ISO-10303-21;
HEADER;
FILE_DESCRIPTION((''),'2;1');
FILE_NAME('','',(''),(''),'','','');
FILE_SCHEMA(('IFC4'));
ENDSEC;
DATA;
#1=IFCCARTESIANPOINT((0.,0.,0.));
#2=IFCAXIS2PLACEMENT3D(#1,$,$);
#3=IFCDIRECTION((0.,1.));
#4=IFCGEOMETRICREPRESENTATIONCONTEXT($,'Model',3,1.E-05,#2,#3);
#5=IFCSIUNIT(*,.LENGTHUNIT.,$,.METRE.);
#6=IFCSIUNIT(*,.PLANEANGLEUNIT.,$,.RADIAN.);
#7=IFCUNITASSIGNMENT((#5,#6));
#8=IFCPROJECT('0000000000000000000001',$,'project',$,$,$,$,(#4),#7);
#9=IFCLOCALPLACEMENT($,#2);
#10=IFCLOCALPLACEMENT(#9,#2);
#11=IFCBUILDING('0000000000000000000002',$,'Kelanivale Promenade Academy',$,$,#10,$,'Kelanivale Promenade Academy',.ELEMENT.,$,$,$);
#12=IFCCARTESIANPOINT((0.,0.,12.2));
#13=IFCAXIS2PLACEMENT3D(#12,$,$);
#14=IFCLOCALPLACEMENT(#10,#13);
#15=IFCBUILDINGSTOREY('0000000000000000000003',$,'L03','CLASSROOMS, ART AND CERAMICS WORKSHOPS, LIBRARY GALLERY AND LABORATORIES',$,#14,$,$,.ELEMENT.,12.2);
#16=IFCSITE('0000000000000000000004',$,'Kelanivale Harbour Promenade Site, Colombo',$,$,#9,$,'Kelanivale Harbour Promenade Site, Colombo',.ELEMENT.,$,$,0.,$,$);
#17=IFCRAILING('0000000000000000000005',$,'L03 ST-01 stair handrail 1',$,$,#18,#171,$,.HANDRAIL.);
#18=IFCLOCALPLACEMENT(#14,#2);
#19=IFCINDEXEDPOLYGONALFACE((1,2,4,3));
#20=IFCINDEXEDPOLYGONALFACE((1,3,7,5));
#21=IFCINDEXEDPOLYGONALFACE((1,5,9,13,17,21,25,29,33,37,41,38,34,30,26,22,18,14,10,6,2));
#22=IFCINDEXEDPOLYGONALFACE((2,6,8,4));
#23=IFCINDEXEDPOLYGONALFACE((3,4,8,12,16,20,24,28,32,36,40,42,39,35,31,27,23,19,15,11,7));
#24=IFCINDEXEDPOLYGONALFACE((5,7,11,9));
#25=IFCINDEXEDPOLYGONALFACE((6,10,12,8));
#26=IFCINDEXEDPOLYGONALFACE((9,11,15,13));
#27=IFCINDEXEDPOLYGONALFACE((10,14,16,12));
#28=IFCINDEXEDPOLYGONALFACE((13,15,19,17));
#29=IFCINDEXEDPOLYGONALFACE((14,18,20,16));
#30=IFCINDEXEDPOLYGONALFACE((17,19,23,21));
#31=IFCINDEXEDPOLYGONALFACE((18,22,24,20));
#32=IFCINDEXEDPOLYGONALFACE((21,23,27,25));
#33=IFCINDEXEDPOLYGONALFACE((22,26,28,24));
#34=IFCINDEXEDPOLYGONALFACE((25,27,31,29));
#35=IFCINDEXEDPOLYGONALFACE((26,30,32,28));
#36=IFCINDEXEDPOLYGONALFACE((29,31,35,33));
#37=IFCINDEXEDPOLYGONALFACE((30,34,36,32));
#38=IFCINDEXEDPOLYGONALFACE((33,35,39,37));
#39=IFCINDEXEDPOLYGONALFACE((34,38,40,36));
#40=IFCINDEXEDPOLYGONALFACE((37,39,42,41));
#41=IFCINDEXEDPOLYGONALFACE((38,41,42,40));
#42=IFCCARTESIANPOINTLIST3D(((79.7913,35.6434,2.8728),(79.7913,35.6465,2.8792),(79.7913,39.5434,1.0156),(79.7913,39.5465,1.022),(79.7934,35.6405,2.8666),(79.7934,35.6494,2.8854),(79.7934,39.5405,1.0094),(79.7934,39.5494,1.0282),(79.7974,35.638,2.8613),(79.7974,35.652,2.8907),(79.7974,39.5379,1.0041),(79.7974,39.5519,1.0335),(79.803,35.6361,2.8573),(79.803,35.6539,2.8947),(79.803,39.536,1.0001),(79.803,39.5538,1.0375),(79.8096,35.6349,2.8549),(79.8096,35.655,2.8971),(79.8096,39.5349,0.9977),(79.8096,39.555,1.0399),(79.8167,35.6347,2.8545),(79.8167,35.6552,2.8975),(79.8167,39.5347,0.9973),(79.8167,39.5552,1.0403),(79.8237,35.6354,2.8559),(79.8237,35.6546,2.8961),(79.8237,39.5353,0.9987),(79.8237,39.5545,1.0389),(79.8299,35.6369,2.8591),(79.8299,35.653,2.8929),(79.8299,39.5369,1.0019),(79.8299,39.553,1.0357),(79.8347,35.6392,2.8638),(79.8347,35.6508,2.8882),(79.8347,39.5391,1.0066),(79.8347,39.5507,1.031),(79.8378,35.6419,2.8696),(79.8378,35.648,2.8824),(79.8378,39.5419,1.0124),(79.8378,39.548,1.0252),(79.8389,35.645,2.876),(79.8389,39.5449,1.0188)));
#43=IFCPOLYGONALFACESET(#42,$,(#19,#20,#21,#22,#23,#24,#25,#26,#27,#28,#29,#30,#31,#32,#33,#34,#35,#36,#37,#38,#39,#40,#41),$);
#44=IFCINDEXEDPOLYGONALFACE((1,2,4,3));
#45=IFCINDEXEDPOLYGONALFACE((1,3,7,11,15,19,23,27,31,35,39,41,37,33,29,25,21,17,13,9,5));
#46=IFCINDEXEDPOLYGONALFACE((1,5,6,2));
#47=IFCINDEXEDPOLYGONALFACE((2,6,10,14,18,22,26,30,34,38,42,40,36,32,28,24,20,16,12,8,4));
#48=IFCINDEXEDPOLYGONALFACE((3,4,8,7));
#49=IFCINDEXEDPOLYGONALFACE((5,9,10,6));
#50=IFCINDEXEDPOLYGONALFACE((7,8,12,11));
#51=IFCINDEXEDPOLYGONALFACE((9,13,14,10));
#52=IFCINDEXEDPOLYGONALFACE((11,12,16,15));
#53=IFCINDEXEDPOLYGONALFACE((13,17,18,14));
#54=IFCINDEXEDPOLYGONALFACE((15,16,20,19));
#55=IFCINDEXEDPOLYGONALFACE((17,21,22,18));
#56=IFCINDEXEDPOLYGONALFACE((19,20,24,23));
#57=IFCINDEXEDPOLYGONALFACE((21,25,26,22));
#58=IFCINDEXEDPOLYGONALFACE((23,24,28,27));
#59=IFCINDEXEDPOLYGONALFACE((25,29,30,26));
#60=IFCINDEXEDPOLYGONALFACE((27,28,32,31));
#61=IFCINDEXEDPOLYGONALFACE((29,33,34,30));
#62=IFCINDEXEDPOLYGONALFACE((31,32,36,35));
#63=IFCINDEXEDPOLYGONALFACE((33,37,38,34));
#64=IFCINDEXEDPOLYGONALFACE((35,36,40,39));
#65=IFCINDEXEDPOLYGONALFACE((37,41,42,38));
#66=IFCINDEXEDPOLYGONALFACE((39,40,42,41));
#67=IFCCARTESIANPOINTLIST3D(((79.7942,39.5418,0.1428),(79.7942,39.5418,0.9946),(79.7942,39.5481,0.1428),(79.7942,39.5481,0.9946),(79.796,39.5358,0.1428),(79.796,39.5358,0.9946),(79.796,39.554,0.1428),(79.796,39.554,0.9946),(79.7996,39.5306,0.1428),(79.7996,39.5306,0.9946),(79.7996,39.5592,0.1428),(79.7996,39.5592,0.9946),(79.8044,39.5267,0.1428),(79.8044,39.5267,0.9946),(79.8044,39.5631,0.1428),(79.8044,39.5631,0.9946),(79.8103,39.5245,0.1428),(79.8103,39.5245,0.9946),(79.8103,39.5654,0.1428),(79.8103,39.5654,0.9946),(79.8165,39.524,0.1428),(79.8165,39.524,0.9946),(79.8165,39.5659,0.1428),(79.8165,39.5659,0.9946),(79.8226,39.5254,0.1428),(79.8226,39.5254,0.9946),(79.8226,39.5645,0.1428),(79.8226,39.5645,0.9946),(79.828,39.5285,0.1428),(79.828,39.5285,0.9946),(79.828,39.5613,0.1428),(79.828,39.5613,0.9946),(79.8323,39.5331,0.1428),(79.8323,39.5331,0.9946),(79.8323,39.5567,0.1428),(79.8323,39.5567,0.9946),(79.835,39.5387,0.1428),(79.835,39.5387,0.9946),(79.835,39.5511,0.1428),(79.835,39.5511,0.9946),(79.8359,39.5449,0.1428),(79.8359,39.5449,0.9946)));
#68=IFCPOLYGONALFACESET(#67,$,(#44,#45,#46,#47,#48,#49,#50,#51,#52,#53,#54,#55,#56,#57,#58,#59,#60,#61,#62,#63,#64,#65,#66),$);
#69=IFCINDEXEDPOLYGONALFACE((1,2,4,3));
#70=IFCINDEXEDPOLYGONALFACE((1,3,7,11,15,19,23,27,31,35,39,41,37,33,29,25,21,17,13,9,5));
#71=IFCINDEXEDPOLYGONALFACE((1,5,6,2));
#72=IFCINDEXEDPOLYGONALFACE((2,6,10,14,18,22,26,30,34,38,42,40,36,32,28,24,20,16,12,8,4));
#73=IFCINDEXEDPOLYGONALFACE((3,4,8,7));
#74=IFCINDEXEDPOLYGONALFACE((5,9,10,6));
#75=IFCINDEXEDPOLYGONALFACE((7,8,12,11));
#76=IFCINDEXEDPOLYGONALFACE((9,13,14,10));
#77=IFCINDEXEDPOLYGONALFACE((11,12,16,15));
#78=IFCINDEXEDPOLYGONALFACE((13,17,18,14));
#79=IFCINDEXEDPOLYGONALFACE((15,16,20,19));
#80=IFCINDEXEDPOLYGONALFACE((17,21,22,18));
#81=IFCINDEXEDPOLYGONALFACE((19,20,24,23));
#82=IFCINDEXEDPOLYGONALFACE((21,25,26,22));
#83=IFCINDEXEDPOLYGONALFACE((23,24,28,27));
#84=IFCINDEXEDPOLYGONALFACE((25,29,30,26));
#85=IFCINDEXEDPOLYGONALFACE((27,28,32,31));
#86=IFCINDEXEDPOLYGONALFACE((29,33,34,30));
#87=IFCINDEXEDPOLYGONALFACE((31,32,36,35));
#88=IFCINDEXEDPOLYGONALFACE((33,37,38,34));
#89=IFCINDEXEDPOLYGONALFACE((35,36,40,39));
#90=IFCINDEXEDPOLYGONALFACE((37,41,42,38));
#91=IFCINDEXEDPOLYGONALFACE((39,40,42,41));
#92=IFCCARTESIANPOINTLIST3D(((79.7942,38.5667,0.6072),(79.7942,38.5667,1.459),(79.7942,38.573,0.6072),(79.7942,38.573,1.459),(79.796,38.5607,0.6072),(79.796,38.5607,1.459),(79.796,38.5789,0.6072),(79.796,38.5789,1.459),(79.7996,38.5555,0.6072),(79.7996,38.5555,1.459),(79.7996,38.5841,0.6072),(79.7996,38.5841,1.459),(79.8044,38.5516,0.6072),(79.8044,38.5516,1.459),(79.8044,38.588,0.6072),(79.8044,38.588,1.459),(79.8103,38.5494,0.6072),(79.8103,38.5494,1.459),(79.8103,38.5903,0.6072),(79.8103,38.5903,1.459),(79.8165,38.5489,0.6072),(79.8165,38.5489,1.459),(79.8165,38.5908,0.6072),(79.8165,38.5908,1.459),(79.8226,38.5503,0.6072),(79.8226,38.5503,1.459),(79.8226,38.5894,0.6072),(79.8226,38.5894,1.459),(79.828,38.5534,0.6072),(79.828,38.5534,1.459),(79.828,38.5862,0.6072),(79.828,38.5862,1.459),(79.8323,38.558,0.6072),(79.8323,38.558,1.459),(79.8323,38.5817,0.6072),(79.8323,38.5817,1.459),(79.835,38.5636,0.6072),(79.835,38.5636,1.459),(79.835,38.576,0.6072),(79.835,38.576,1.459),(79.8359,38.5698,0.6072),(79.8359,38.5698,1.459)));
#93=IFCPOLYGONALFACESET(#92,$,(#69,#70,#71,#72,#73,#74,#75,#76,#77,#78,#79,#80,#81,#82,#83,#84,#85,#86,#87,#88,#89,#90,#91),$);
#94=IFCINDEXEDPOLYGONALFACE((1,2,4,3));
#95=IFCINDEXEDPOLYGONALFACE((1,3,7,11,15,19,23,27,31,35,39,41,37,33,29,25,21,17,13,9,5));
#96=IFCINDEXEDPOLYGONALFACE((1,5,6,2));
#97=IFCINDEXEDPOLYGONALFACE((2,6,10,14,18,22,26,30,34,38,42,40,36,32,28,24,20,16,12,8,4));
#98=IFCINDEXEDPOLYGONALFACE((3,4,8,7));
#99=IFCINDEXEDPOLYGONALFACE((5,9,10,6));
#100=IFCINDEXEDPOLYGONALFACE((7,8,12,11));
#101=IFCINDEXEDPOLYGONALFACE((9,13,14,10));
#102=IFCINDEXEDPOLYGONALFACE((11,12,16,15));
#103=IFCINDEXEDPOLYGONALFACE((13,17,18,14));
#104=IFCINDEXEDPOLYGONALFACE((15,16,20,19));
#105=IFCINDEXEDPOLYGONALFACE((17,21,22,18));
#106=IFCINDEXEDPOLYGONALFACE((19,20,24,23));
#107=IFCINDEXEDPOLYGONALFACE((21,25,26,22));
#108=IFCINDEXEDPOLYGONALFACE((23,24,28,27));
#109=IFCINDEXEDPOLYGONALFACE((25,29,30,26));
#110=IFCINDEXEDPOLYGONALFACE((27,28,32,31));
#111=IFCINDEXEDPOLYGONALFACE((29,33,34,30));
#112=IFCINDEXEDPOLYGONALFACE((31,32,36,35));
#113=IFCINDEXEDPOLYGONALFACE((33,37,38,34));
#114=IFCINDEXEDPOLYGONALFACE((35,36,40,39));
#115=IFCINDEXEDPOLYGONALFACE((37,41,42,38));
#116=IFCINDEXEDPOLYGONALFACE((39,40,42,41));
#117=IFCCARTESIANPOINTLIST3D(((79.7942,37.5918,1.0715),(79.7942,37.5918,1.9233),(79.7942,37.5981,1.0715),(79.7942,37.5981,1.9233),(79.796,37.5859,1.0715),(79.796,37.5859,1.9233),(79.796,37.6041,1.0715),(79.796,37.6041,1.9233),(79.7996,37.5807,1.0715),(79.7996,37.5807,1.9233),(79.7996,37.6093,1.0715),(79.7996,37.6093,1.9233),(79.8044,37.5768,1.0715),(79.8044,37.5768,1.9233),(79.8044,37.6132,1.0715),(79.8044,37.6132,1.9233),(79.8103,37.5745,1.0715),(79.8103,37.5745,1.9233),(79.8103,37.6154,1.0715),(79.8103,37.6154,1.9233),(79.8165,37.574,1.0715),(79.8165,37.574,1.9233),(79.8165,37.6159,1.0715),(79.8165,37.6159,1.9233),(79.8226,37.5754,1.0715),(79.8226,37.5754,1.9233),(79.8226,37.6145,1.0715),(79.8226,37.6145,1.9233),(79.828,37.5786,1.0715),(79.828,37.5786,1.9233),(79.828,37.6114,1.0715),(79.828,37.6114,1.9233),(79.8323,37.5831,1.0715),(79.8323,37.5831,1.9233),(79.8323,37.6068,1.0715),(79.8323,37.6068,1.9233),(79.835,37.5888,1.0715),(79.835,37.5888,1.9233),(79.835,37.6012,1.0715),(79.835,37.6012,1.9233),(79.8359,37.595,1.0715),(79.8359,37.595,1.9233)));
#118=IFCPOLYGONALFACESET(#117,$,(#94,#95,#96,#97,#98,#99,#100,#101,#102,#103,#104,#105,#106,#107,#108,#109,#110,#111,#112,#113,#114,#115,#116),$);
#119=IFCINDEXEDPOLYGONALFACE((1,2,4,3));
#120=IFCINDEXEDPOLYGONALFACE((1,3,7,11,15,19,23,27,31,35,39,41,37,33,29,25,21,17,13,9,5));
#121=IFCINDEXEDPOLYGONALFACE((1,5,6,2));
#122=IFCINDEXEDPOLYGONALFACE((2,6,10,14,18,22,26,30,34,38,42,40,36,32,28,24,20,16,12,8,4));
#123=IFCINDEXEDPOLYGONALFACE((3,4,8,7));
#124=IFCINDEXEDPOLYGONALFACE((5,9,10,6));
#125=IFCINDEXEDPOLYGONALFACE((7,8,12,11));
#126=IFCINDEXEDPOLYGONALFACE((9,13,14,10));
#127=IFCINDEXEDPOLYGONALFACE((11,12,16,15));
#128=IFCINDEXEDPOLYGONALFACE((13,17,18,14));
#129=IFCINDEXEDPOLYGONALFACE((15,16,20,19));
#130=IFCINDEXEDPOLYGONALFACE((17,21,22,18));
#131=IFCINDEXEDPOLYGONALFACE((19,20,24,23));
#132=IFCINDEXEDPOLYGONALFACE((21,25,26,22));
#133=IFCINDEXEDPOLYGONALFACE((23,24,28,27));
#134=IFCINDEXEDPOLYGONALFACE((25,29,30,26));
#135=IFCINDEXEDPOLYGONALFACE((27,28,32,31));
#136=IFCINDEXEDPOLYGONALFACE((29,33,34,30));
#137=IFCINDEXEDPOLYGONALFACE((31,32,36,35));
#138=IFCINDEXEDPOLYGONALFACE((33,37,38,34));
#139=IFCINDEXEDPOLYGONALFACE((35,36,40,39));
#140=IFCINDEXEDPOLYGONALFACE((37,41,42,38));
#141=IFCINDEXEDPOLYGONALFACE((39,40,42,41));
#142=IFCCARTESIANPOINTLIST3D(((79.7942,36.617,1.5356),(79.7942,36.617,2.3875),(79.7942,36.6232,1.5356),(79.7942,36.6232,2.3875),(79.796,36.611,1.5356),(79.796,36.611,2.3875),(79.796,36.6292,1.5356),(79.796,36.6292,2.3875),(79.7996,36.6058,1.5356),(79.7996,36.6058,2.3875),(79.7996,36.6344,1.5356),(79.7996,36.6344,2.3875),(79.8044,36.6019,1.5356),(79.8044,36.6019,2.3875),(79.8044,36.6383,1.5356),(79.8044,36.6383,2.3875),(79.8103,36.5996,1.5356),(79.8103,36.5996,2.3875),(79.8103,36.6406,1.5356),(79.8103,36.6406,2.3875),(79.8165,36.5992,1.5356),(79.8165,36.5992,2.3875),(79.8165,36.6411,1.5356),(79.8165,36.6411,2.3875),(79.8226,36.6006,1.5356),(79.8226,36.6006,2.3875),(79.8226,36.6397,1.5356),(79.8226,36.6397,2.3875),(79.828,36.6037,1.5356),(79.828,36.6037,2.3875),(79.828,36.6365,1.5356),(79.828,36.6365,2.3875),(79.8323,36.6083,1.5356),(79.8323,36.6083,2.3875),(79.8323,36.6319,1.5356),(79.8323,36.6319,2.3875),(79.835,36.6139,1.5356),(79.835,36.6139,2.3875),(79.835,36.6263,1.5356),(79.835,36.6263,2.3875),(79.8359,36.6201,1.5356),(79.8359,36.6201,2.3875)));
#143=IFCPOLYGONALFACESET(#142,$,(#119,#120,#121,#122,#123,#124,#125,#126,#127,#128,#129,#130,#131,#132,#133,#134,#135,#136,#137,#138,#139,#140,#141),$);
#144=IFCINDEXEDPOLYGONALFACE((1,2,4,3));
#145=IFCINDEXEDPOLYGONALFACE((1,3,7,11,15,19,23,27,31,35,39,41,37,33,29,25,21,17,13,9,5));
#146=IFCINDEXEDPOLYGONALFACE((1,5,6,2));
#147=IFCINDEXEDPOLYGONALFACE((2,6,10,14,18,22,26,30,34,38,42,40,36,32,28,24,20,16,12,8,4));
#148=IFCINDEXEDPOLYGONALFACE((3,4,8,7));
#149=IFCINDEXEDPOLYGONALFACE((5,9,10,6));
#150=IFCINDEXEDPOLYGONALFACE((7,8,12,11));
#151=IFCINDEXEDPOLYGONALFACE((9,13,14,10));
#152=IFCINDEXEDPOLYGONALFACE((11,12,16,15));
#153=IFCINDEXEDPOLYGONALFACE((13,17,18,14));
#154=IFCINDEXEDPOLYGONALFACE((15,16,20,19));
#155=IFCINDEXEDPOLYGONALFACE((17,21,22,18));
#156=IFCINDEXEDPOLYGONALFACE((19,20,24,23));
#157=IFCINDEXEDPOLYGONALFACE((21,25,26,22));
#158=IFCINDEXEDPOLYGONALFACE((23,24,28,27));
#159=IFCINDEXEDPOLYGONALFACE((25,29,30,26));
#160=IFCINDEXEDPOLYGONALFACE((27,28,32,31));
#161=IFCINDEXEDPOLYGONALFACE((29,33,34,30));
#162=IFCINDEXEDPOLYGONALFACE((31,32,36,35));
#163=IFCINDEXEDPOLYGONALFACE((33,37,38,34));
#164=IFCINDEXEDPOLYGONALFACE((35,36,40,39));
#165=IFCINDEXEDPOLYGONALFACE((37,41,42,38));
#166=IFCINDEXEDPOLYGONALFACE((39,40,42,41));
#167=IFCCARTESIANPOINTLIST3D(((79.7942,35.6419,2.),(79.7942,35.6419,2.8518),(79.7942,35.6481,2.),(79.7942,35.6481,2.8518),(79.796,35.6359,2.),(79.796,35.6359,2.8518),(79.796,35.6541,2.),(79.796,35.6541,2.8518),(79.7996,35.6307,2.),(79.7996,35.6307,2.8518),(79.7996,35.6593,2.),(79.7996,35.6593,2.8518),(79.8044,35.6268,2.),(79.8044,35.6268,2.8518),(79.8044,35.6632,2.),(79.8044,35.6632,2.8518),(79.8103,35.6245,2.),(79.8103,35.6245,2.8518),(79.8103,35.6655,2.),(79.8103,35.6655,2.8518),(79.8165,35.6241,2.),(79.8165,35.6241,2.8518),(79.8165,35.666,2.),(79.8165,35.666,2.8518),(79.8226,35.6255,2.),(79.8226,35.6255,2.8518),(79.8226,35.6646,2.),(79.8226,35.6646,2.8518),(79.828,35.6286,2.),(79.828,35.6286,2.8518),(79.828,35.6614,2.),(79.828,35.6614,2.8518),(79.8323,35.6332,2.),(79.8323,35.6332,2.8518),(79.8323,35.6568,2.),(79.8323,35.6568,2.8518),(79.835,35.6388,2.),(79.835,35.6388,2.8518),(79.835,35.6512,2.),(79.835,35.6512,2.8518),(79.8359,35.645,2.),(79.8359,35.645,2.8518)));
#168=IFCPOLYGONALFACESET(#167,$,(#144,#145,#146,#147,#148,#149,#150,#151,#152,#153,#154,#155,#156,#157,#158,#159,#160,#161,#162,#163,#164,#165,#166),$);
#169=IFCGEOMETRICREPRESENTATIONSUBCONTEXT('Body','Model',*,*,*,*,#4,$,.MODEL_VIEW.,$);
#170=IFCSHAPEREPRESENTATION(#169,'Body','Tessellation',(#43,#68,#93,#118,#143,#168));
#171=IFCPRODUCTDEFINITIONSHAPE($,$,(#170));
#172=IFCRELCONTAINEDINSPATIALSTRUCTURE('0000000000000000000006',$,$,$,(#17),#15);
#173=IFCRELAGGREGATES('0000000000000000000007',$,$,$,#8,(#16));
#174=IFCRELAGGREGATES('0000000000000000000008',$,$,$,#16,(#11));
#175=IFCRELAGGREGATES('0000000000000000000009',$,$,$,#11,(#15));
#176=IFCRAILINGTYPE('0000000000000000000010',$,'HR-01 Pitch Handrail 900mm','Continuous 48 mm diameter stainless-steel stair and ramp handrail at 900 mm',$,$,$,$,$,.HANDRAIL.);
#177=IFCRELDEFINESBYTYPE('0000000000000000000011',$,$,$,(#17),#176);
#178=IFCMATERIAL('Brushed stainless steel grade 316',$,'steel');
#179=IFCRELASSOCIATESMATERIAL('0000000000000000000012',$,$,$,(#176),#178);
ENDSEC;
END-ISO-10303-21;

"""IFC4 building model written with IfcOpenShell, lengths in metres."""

from ifc_helpers import new_model, si_unit, direction, frame, origin, origin_2d, place, context, subcontext, project, spatial, circle, extrude, material, type_object, element, save


model = new_model("IFC4")

# Units and contexts
model_context = context("Model", 3, precision=1e-05, world=origin(), true_north=direction((0.0, 1.0)))
body_context = subcontext(model_context, "Body", "Model", "MODEL_VIEW")
ifc_project = project(units=[si_unit("LENGTHUNIT", "METRE"), si_unit("PLANEANGLEUNIT", "RADIAN")], contexts=[model_context])

# Site, building, storey
site_placement = place(None, origin())
site = spatial("IfcSite", under=ifc_project, at=site_placement, Name="Kelanivale Harbour Promenade Site, Colombo", LongName="Kelanivale Harbour Promenade Site, Colombo", CompositionType="ELEMENT", RefElevation=0.0)
building_placement = place(site_placement, origin())
building = spatial("IfcBuilding", under=site, at=building_placement, Name="Kelanivale Promenade Academy", LongName="Kelanivale Promenade Academy", CompositionType="ELEMENT")
storey_placement = place(building_placement, frame((0.0, 0.0, 12.2)))
storey = spatial("IfcBuildingStorey", under=building, at=storey_placement, Name="L03", Description="CLASSROOMS, ART AND CERAMICS WORKSHOPS, LIBRARY GALLERY AND LABORATORIES", CompositionType="ELEMENT", Elevation=12.2)

# Railing
ifc_material_1 = material(Name="Brushed stainless steel grade 316", Category="steel")
railing_type_1 = type_object("IfcRailingType", Name="HR-01 Pitch Handrail 900mm", Description="Continuous 48 mm diameter stainless-steel stair and ramp handrail at 900 mm", PredefinedType="HANDRAIL", material=ifc_material_1)
railing_1_placement = place(storey_placement, frame((79.8149, 39.5449, 0.1428)))
element("IfcRailing", 1, at=railing_1_placement, inside=storey, type_object=railing_type_1, Name="L03 ST-01 stair handrail 1", PredefinedType="HANDRAIL", context=body_context, shape_type="SweptSolid", body=[
    extrude(circle(Radius=0.0239, at=origin_2d()), frame((0.0, 0.0, 0.876), z_axis=(0.0, -0.902853, 0.429949), x_axis=(1.0, 0.0, 0.0)), (0.0, 0.0, 1.0), 4.3196),
    extrude(circle(Radius=0.021, at=origin_2d()), origin(), (0.0, 0.0, 1.0), 0.8518),
    extrude(circle(Radius=0.021, at=origin_2d()), frame((0.0, -0.9751, 0.4644)), (0.0, 0.0, 1.0), 0.8518),
    extrude(circle(Radius=0.021, at=origin_2d()), frame((0.0, -1.95, 0.9287)), (0.0, 0.0, 1.0), 0.8518),
    extrude(circle(Radius=0.021, at=origin_2d()), frame((0.0, -2.9248, 1.3928)), (0.0, 0.0, 1.0), 0.8518),
    extrude(circle(Radius=0.021, at=origin_2d()), frame((0.0, -3.8999, 1.8572)), (0.0, 0.0, 1.0), 0.8518),
])

save(model, "model.ifc")
